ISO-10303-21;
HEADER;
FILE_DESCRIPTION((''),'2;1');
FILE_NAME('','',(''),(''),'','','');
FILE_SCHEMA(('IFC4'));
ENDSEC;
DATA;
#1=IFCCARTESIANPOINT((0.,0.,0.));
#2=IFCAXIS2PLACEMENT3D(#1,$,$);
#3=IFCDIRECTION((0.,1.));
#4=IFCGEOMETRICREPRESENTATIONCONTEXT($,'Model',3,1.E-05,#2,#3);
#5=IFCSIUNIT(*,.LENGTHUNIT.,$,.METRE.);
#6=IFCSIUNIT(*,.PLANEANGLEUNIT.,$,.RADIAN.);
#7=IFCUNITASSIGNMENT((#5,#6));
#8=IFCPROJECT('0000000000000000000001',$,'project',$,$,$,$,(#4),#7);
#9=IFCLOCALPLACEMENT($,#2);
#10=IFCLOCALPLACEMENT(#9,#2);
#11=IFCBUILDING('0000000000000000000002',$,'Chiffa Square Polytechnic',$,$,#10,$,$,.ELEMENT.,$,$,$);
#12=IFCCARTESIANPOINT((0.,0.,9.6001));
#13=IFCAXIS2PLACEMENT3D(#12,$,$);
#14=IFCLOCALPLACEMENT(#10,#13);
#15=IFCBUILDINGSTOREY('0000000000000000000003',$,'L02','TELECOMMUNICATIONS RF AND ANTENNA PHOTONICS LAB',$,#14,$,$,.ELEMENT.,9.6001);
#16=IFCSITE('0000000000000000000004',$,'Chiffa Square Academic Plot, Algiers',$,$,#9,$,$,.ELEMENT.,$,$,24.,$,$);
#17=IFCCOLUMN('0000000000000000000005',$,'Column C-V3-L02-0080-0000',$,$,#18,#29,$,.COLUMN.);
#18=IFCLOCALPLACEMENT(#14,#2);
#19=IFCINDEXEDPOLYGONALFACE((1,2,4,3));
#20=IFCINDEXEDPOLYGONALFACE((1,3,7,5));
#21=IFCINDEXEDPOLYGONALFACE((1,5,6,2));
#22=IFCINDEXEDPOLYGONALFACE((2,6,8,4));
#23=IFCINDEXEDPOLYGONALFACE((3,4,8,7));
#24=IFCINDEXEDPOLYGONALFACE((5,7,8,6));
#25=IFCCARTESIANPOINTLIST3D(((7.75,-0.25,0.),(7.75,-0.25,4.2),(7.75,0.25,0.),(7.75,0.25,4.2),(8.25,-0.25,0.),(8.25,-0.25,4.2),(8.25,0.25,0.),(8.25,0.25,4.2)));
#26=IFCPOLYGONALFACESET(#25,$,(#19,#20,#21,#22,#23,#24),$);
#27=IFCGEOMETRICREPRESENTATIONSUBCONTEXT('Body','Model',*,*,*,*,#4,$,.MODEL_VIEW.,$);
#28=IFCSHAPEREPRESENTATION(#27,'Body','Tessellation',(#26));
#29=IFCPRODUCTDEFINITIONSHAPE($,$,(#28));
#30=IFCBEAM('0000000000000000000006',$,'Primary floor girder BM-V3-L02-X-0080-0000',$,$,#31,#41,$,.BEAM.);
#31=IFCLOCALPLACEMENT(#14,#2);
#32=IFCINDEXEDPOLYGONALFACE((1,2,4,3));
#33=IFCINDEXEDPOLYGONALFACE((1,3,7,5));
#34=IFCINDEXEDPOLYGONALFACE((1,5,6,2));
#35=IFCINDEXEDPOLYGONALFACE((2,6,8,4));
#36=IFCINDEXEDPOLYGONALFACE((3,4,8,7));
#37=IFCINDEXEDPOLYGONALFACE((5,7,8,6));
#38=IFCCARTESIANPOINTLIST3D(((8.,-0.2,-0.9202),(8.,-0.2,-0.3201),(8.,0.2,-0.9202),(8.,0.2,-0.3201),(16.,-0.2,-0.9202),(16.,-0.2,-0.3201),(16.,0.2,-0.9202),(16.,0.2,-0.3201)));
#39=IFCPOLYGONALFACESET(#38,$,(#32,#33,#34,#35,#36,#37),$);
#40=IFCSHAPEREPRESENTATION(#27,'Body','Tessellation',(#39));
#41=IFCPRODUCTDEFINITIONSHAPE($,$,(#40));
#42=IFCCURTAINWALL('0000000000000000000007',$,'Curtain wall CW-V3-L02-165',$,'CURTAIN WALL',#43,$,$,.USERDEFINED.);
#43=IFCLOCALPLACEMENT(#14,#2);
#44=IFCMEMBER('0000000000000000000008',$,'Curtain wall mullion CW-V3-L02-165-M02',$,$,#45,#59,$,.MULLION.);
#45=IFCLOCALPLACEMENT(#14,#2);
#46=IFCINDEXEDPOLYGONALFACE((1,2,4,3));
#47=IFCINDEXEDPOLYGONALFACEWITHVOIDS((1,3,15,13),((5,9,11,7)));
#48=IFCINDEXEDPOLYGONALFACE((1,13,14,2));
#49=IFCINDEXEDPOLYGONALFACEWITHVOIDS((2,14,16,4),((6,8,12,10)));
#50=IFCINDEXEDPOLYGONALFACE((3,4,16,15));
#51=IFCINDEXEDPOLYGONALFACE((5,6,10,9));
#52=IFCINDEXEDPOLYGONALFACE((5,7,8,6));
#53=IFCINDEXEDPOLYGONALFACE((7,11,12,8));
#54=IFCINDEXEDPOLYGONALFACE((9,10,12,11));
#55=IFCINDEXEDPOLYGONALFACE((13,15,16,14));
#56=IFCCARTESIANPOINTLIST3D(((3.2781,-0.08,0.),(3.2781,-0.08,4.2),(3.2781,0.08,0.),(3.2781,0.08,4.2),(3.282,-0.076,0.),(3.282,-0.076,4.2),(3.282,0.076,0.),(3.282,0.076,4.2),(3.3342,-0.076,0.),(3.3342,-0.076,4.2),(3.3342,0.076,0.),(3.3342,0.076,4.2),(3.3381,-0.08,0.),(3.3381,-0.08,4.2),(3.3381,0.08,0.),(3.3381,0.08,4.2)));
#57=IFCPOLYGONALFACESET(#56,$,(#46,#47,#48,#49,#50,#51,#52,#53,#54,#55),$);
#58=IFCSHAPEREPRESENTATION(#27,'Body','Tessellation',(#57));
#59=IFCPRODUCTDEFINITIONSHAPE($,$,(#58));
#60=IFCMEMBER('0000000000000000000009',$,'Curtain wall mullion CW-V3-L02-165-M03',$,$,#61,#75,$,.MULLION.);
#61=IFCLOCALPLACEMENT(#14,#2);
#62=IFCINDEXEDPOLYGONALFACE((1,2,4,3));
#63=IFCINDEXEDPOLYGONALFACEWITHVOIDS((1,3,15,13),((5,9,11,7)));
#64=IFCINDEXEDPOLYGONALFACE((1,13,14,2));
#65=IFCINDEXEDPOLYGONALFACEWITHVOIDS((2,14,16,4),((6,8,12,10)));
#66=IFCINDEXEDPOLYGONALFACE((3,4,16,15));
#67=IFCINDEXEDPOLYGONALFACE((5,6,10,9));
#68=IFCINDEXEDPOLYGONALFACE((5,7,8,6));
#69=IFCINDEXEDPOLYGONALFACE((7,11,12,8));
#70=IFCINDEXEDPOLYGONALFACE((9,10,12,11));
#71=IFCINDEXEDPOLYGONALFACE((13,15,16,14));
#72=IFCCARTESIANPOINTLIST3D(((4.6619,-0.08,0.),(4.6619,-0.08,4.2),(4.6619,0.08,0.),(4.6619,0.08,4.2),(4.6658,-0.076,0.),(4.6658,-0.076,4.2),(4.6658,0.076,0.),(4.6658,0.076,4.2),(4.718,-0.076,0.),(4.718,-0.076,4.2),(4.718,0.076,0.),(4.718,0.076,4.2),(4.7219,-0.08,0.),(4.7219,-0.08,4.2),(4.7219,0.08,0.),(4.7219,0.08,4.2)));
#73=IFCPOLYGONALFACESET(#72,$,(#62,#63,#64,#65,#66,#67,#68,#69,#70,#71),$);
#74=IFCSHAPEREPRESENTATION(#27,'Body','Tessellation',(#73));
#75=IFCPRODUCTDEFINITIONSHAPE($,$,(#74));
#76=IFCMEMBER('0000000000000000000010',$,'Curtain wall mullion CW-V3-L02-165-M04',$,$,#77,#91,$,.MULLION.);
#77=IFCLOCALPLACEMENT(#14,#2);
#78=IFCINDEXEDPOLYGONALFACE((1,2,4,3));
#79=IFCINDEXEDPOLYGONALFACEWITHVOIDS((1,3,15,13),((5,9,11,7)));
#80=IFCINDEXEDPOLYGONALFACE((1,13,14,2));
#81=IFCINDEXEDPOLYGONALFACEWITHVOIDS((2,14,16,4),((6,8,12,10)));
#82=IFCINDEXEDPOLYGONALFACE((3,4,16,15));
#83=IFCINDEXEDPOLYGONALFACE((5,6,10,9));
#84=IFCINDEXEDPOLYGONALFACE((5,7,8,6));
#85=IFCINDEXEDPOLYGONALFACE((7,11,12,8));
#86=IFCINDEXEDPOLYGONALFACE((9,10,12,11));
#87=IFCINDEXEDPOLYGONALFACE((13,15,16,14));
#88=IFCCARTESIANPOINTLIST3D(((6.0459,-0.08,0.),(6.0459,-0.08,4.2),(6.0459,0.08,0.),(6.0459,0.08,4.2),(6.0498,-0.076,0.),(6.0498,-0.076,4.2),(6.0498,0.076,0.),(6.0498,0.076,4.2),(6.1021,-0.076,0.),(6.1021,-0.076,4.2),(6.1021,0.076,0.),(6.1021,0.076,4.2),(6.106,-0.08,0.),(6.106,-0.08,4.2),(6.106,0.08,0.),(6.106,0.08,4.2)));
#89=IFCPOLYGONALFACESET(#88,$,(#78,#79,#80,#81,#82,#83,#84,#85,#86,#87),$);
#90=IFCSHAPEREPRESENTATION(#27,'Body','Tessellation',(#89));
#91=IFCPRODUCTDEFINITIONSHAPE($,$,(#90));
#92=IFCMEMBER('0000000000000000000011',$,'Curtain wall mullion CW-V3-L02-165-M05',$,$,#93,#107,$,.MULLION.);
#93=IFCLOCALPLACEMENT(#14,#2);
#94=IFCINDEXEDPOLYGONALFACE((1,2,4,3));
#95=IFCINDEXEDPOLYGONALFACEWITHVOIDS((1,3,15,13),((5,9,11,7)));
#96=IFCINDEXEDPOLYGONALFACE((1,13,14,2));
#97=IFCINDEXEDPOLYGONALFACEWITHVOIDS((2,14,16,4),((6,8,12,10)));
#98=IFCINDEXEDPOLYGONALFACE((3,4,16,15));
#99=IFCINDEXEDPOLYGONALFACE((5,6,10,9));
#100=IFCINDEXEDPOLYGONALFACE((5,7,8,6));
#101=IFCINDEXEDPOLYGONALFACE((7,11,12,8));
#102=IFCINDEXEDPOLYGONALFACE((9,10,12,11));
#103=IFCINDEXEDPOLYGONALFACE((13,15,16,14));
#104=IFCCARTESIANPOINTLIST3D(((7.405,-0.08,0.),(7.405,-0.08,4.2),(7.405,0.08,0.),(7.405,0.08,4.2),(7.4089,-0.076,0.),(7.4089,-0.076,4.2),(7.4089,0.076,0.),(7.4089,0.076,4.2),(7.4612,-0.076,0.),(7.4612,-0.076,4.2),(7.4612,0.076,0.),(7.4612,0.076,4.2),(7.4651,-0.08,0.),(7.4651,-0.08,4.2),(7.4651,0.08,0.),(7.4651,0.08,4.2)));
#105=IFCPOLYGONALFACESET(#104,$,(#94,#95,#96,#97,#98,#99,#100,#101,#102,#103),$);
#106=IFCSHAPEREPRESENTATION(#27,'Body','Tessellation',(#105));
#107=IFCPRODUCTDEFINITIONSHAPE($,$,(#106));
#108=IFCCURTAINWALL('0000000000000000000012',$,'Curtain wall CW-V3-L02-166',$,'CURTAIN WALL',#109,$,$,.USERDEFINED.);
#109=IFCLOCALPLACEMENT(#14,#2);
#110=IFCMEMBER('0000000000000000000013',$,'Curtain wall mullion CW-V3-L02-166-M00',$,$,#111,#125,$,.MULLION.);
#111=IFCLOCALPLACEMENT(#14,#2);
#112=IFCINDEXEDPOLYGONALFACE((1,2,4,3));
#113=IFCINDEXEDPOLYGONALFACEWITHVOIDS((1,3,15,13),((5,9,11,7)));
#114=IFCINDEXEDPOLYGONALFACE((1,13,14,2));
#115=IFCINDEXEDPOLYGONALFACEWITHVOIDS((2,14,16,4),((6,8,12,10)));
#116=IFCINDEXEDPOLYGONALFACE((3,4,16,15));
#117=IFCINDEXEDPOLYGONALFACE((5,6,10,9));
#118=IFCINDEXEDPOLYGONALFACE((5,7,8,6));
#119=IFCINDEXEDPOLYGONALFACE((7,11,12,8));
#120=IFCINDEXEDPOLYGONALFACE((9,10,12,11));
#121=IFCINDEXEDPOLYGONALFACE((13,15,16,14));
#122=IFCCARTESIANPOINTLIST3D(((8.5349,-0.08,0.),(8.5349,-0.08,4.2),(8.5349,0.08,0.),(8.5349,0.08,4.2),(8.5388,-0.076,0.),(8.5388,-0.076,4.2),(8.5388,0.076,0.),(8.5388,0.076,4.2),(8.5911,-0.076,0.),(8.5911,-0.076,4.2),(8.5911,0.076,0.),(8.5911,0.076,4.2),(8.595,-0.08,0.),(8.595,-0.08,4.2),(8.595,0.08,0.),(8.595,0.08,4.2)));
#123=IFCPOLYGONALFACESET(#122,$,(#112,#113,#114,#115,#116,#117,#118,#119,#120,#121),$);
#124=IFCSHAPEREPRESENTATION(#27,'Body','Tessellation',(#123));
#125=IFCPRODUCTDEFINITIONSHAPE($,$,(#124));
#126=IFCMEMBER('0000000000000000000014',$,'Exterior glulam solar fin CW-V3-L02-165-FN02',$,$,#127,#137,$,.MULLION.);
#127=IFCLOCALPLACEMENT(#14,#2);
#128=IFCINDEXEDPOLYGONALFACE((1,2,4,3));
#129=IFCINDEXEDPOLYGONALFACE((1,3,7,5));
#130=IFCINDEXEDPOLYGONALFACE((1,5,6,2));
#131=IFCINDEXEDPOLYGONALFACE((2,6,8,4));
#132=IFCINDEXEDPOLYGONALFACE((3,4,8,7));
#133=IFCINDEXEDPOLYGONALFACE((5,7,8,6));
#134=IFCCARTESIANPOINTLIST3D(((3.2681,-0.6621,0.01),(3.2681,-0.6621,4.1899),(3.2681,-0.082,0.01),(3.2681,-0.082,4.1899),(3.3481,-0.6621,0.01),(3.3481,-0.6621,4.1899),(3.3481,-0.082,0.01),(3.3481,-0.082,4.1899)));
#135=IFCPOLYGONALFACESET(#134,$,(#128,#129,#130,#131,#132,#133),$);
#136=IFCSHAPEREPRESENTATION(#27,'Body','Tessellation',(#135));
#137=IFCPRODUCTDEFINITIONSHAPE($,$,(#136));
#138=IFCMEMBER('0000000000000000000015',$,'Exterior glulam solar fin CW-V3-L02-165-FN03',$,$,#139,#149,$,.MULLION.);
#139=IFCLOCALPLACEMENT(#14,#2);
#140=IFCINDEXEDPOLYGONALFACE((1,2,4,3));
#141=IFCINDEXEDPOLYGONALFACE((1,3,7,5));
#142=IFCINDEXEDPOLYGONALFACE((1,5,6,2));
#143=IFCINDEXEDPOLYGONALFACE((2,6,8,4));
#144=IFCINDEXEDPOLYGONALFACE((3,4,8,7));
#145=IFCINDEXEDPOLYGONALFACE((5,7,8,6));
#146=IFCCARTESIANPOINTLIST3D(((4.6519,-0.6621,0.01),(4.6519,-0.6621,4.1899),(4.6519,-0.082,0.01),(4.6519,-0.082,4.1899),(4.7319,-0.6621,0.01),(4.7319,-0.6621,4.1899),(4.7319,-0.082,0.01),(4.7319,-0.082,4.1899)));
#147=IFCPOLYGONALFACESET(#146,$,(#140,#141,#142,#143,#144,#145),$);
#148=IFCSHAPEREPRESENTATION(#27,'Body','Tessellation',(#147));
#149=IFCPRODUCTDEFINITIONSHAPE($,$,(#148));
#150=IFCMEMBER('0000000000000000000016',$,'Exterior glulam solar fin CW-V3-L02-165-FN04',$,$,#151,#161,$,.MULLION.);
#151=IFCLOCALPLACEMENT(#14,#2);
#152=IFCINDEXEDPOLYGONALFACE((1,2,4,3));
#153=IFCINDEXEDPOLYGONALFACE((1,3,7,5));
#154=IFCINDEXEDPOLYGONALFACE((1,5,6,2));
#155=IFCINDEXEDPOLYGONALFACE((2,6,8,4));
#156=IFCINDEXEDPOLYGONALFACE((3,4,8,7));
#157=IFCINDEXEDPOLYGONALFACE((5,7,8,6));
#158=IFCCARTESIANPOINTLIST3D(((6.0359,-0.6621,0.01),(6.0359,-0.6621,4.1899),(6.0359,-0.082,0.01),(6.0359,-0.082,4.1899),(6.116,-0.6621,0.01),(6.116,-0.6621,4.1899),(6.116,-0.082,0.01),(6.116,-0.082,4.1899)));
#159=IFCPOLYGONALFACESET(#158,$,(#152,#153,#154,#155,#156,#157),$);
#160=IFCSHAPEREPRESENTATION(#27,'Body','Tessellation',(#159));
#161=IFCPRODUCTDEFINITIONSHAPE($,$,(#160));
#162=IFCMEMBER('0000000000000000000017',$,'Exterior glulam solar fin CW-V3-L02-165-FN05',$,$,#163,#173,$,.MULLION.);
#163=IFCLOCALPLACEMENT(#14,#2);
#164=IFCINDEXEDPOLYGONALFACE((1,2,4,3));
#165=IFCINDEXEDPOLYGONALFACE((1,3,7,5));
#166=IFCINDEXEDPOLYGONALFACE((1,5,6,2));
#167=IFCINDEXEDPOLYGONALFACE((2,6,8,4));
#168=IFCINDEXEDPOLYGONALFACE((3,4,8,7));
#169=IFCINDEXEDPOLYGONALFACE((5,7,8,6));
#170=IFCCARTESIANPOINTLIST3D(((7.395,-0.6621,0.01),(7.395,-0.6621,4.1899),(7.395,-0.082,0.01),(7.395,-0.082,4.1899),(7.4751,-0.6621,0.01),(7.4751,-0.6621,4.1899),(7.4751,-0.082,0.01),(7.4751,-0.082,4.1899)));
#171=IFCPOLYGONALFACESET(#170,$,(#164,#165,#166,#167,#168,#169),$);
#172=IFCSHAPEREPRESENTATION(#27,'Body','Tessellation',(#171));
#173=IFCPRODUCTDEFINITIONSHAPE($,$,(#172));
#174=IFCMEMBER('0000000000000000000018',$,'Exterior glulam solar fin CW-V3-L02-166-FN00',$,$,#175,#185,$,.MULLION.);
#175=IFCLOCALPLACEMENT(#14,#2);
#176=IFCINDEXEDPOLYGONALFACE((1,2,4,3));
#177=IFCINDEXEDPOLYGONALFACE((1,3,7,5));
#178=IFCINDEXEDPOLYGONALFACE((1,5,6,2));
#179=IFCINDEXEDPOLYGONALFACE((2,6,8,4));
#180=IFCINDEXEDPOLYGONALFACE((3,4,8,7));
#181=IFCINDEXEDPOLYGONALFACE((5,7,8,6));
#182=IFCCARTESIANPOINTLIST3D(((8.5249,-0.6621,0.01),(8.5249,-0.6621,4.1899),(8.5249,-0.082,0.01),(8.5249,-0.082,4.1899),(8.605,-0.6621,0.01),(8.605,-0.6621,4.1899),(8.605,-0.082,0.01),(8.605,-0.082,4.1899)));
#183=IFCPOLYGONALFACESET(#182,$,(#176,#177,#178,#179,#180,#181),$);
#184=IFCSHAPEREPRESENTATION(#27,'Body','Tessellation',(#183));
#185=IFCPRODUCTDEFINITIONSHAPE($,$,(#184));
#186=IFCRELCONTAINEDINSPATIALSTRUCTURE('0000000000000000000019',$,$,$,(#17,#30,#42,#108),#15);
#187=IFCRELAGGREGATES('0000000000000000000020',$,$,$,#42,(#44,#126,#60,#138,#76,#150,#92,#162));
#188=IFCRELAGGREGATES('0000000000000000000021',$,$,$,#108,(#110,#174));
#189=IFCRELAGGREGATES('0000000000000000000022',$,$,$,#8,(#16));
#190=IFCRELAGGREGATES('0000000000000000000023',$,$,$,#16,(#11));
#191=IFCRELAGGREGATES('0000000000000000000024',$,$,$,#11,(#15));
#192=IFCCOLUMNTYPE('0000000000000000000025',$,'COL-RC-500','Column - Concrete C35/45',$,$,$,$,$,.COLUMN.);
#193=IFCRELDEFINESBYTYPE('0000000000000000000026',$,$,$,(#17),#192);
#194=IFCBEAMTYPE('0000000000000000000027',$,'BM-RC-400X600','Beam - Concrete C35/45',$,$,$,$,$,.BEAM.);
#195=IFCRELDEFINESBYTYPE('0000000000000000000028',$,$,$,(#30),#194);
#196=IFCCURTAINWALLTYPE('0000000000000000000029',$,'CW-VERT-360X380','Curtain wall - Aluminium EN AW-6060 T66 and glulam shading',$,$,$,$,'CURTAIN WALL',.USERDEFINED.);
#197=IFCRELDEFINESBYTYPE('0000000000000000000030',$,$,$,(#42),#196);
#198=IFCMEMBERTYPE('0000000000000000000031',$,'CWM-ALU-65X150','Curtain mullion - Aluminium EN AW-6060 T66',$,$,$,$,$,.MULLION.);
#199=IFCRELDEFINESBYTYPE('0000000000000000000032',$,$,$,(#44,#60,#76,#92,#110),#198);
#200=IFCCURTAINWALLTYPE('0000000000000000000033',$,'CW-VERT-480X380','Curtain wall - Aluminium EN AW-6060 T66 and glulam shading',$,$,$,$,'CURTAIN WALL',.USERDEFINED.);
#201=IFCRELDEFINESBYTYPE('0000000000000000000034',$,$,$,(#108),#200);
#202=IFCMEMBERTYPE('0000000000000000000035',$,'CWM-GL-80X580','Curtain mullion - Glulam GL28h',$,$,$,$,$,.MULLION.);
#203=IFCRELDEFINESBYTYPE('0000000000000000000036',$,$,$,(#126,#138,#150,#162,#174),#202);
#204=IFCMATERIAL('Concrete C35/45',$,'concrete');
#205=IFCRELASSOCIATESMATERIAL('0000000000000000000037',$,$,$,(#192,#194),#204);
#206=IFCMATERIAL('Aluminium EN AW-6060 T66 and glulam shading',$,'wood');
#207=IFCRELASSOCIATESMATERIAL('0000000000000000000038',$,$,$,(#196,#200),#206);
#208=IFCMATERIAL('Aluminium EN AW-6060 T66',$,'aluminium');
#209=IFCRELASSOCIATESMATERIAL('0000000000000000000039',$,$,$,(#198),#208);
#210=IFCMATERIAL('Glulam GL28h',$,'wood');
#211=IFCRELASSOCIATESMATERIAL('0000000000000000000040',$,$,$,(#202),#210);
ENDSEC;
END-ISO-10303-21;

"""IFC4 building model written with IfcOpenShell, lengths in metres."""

from ifc_helpers import new_model, si_unit, direction, frame, origin, origin_2d, place, context, subcontext, project, spatial, rectangle, hollow_rectangle, extrude, material, material_profile, profile_set, type_object, element, aggregate, save


model = new_model("IFC4")

# Units and contexts
model_context = context("Model", 3, precision=1e-05, world=origin(), true_north=direction((0.0, 1.0)))
body_context = subcontext(model_context, "Body", "Model", "MODEL_VIEW")
ifc_project = project(units=[si_unit("LENGTHUNIT", "METRE"), si_unit("PLANEANGLEUNIT", "RADIAN")], contexts=[model_context])

# Site, building, storey
site_placement = place(None, origin())
site = spatial("IfcSite", under=ifc_project, at=site_placement, Name="Chiffa Square Academic Plot, Algiers", CompositionType="ELEMENT", RefElevation=24.0)
building_placement = place(site_placement, origin())
building = spatial("IfcBuilding", under=site, at=building_placement, Name="Chiffa Square Polytechnic", CompositionType="ELEMENT")
storey_placement = place(building_placement, frame((0.0, 0.0, 9.6001)))
storey = spatial("IfcBuildingStorey", under=building, at=storey_placement, Name="L02", Description="TELECOMMUNICATIONS RF AND ANTENNA PHOTONICS LAB", CompositionType="ELEMENT", Elevation=9.6001)

# Column
ifc_material_1 = material(Name="Concrete C35/45", Category="concrete")
ifc_material_profile_1 = material_profile(ifc_material_1, rectangle(XDim=0.5, YDim=0.5, at=origin_2d()), Name="RC 500x500")
ifc_profile_set_1 = profile_set([ifc_material_profile_1], Name="Concrete C35/45")
column_type = type_object("IfcColumnType", Name="COL-RC-500", Description="Column - Concrete C35/45", PredefinedType="COLUMN", material=ifc_profile_set_1)
column_placement = place(storey_placement, frame((8.0, 0.0, 0.0), z_axis=(0.0, 0.0, 1.0), x_axis=(1.0, 0.0, 0.0)))
element("IfcColumn", 1, at=column_placement, inside=storey, type_object=column_type, Name="Column C-V3-L02-0080-0000", PredefinedType="COLUMN", context=body_context, shape_type="SweptSolid", body=[
    extrude(rectangle(XDim=0.5, YDim=0.5, at=origin_2d()), origin(), (0.0, 0.0, 1.0), 4.2),
])

# Beam
ifc_material_profile_2 = material_profile(ifc_material_1, rectangle(XDim=0.3999, YDim=0.6001, at=origin_2d()), Name="RC 400x600")
ifc_profile_set_2 = profile_set([ifc_material_profile_2], Name="Concrete C35/45")
beam_type = type_object("IfcBeamType", Name="BM-RC-400X600", Description="Beam - Concrete C35/45", PredefinedType="BEAM", material=ifc_profile_set_2)
beam_placement = place(storey_placement, frame((8.0, 0.0, -0.6201), z_axis=(1.0, 0.0, 0.0), x_axis=(0.0, 1.0, 0.0)))
element("IfcBeam", 2, at=beam_placement, inside=storey, type_object=beam_type, Name="Primary floor girder BM-V3-L02-X-0080-0000", PredefinedType="BEAM", context=body_context, shape_type="SweptSolid", body=[
    extrude(rectangle(XDim=0.3999, YDim=0.6001, at=origin_2d()), origin(), (0.0, 0.0, 1.0), 8.0),
])

# Curtain wall, members
ifc_material_2 = material(Name="Aluminium EN AW-6060 T66 and glulam shading", Category="wood")
curtain_wall_type_1 = type_object("IfcCurtainWallType", Name="CW-VERT-360X380", Description="Curtain wall - Aluminium EN AW-6060 T66 and glulam shading", ElementType="CURTAIN WALL", PredefinedType="USERDEFINED", material=ifc_material_2)
curtain_wall_1_placement = place(storey_placement, origin())
curtain_wall_1 = element("IfcCurtainWall", 3, at=curtain_wall_1_placement, inside=storey, type_object=curtain_wall_type_1, Name="Curtain wall CW-V3-L02-165", ObjectType="CURTAIN WALL", PredefinedType="USERDEFINED")
ifc_material_3 = material(Name="Aluminium EN AW-6060 T66", Category="aluminium")
ifc_material_profile_3 = material_profile(ifc_material_3, hollow_rectangle(XDim=0.0601, YDim=0.1599, WallThickness=0.0039, at=origin_2d()), Name="ALU 60x160x4")
ifc_profile_set_3 = profile_set([ifc_material_profile_3], Name="Aluminium EN AW-6060 T66")
member_type_1 = type_object("IfcMemberType", Name="CWM-ALU-65X150", Description="Curtain mullion - Aluminium EN AW-6060 T66", PredefinedType="MULLION", material=ifc_profile_set_3)
member_1_placement = place(storey_placement, frame((3.3081, 0.0, 0.0), z_axis=(0.0, 0.0, 1.0), x_axis=(1.0, 0.0, 0.0)))
member_1 = element("IfcMember", 4, at=member_1_placement, type_object=member_type_1, Name="Curtain wall mullion CW-V3-L02-165-M02", PredefinedType="MULLION", context=body_context, shape_type="SweptSolid", body=[
    extrude(hollow_rectangle(XDim=0.0601, YDim=0.1599, WallThickness=0.0039, at=origin_2d()), origin(), (0.0, 0.0, 1.0), 4.2),
])
member_2_placement = place(storey_placement, frame((4.6919, 0.0, 0.0), z_axis=(0.0, 0.0, 1.0), x_axis=(1.0, 0.0, 0.0)))
member_2 = element("IfcMember", 5, at=member_2_placement, type_object=member_type_1, Name="Curtain wall mullion CW-V3-L02-165-M03", PredefinedType="MULLION", context=body_context, shape_type="SweptSolid", body=[
    extrude(hollow_rectangle(XDim=0.0601, YDim=0.1599, WallThickness=0.0039, at=origin_2d()), origin(), (0.0, 0.0, 1.0), 4.2),
])
member_3_placement = place(storey_placement, frame((6.0759, 0.0, 0.0), z_axis=(0.0, 0.0, 1.0), x_axis=(1.0, 0.0, 0.0)))
member_3 = element("IfcMember", 6, at=member_3_placement, type_object=member_type_1, Name="Curtain wall mullion CW-V3-L02-165-M04", PredefinedType="MULLION", context=body_context, shape_type="SweptSolid", body=[
    extrude(hollow_rectangle(XDim=0.0601, YDim=0.1599, WallThickness=0.0039, at=origin_2d()), origin(), (0.0, 0.0, 1.0), 4.2),
])
member_4_placement = place(storey_placement, frame((7.4351, 0.0, 0.0), z_axis=(0.0, 0.0, 1.0), x_axis=(1.0, 0.0, 0.0)))
member_4 = element("IfcMember", 7, at=member_4_placement, type_object=member_type_1, Name="Curtain wall mullion CW-V3-L02-165-M05", PredefinedType="MULLION", context=body_context, shape_type="SweptSolid", body=[
    extrude(hollow_rectangle(XDim=0.0601, YDim=0.1599, WallThickness=0.0039, at=origin_2d()), origin(), (0.0, 0.0, 1.0), 4.2),
])

# Curtain wall, member
curtain_wall_type_2 = type_object("IfcCurtainWallType", Name="CW-VERT-480X380", Description="Curtain wall - Aluminium EN AW-6060 T66 and glulam shading", ElementType="CURTAIN WALL", PredefinedType="USERDEFINED", material=ifc_material_2)
curtain_wall_2_placement = place(storey_placement, origin())
curtain_wall_2 = element("IfcCurtainWall", 8, at=curtain_wall_2_placement, inside=storey, type_object=curtain_wall_type_2, Name="Curtain wall CW-V3-L02-166", ObjectType="CURTAIN WALL", PredefinedType="USERDEFINED")
member_5_placement = place(storey_placement, frame((8.5649, 0.0, 0.0), z_axis=(0.0, 0.0, 1.0), x_axis=(1.0, 0.0, 0.0)))
member_5 = element("IfcMember", 9, at=member_5_placement, type_object=member_type_1, Name="Curtain wall mullion CW-V3-L02-166-M00", PredefinedType="MULLION", context=body_context, shape_type="SweptSolid", body=[
    extrude(hollow_rectangle(XDim=0.0601, YDim=0.1599, WallThickness=0.0039, at=origin_2d()), origin(), (0.0, 0.0, 1.0), 4.2),
])

# Members
ifc_material_4 = material(Name="Glulam GL28h", Category="wood")
ifc_material_profile_4 = material_profile(ifc_material_4, rectangle(XDim=0.0801, YDim=0.5801, at=origin_2d()), Name="GL28h 80x580")
ifc_profile_set_4 = profile_set([ifc_material_profile_4], Name="Glulam GL28h")
member_type_2 = type_object("IfcMemberType", Name="CWM-GL-80X580", Description="Curtain mullion - Glulam GL28h", PredefinedType="MULLION", material=ifc_profile_set_4)
member_6_placement = place(storey_placement, frame((3.3081, -0.3721, 0.01), z_axis=(0.0, 0.0, 1.0), x_axis=(1.0, 0.0, 0.0)))
member_6 = element("IfcMember", 10, at=member_6_placement, type_object=member_type_2, Name="Exterior glulam solar fin CW-V3-L02-165-FN02", PredefinedType="MULLION", context=body_context, shape_type="SweptSolid", body=[
    extrude(rectangle(XDim=0.0801, YDim=0.5801, at=origin_2d()), origin(), (0.0, 0.0, 1.0), 4.1799),
])
member_7_placement = place(storey_placement, frame((4.6919, -0.3721, 0.01), z_axis=(0.0, 0.0, 1.0), x_axis=(1.0, 0.0, 0.0)))
member_7 = element("IfcMember", 11, at=member_7_placement, type_object=member_type_2, Name="Exterior glulam solar fin CW-V3-L02-165-FN03", PredefinedType="MULLION", context=body_context, shape_type="SweptSolid", body=[
    extrude(rectangle(XDim=0.0801, YDim=0.5801, at=origin_2d()), origin(), (0.0, 0.0, 1.0), 4.1799),
])
member_8_placement = place(storey_placement, frame((6.0759, -0.3721, 0.01), z_axis=(0.0, 0.0, 1.0), x_axis=(1.0, 0.0, 0.0)))
member_8 = element("IfcMember", 12, at=member_8_placement, type_object=member_type_2, Name="Exterior glulam solar fin CW-V3-L02-165-FN04", PredefinedType="MULLION", context=body_context, shape_type="SweptSolid", body=[
    extrude(rectangle(XDim=0.0801, YDim=0.5801, at=origin_2d()), origin(), (0.0, 0.0, 1.0), 4.1799),
])
member_9_placement = place(storey_placement, frame((7.4351, -0.3721, 0.01), z_axis=(0.0, 0.0, 1.0), x_axis=(1.0, 0.0, 0.0)))
member_9 = element("IfcMember", 13, at=member_9_placement, type_object=member_type_2, Name="Exterior glulam solar fin CW-V3-L02-165-FN05", PredefinedType="MULLION", context=body_context, shape_type="SweptSolid", body=[
    extrude(rectangle(XDim=0.0801, YDim=0.5801, at=origin_2d()), origin(), (0.0, 0.0, 1.0), 4.1799),
])
member_10_placement = place(storey_placement, frame((8.5649, -0.3721, 0.01), z_axis=(0.0, 0.0, 1.0), x_axis=(1.0, 0.0, 0.0)))
member_10 = element("IfcMember", 14, at=member_10_placement, type_object=member_type_2, Name="Exterior glulam solar fin CW-V3-L02-166-FN00", PredefinedType="MULLION", context=body_context, shape_type="SweptSolid", body=[
    extrude(rectangle(XDim=0.0801, YDim=0.5801, at=origin_2d()), origin(), (0.0, 0.0, 1.0), 4.1799),
])

aggregate(curtain_wall_1, [member_1, member_6, member_2, member_7, member_3, member_8, member_4, member_9])
aggregate(curtain_wall_2, [member_5, member_10])

save(model, "model.ifc")
